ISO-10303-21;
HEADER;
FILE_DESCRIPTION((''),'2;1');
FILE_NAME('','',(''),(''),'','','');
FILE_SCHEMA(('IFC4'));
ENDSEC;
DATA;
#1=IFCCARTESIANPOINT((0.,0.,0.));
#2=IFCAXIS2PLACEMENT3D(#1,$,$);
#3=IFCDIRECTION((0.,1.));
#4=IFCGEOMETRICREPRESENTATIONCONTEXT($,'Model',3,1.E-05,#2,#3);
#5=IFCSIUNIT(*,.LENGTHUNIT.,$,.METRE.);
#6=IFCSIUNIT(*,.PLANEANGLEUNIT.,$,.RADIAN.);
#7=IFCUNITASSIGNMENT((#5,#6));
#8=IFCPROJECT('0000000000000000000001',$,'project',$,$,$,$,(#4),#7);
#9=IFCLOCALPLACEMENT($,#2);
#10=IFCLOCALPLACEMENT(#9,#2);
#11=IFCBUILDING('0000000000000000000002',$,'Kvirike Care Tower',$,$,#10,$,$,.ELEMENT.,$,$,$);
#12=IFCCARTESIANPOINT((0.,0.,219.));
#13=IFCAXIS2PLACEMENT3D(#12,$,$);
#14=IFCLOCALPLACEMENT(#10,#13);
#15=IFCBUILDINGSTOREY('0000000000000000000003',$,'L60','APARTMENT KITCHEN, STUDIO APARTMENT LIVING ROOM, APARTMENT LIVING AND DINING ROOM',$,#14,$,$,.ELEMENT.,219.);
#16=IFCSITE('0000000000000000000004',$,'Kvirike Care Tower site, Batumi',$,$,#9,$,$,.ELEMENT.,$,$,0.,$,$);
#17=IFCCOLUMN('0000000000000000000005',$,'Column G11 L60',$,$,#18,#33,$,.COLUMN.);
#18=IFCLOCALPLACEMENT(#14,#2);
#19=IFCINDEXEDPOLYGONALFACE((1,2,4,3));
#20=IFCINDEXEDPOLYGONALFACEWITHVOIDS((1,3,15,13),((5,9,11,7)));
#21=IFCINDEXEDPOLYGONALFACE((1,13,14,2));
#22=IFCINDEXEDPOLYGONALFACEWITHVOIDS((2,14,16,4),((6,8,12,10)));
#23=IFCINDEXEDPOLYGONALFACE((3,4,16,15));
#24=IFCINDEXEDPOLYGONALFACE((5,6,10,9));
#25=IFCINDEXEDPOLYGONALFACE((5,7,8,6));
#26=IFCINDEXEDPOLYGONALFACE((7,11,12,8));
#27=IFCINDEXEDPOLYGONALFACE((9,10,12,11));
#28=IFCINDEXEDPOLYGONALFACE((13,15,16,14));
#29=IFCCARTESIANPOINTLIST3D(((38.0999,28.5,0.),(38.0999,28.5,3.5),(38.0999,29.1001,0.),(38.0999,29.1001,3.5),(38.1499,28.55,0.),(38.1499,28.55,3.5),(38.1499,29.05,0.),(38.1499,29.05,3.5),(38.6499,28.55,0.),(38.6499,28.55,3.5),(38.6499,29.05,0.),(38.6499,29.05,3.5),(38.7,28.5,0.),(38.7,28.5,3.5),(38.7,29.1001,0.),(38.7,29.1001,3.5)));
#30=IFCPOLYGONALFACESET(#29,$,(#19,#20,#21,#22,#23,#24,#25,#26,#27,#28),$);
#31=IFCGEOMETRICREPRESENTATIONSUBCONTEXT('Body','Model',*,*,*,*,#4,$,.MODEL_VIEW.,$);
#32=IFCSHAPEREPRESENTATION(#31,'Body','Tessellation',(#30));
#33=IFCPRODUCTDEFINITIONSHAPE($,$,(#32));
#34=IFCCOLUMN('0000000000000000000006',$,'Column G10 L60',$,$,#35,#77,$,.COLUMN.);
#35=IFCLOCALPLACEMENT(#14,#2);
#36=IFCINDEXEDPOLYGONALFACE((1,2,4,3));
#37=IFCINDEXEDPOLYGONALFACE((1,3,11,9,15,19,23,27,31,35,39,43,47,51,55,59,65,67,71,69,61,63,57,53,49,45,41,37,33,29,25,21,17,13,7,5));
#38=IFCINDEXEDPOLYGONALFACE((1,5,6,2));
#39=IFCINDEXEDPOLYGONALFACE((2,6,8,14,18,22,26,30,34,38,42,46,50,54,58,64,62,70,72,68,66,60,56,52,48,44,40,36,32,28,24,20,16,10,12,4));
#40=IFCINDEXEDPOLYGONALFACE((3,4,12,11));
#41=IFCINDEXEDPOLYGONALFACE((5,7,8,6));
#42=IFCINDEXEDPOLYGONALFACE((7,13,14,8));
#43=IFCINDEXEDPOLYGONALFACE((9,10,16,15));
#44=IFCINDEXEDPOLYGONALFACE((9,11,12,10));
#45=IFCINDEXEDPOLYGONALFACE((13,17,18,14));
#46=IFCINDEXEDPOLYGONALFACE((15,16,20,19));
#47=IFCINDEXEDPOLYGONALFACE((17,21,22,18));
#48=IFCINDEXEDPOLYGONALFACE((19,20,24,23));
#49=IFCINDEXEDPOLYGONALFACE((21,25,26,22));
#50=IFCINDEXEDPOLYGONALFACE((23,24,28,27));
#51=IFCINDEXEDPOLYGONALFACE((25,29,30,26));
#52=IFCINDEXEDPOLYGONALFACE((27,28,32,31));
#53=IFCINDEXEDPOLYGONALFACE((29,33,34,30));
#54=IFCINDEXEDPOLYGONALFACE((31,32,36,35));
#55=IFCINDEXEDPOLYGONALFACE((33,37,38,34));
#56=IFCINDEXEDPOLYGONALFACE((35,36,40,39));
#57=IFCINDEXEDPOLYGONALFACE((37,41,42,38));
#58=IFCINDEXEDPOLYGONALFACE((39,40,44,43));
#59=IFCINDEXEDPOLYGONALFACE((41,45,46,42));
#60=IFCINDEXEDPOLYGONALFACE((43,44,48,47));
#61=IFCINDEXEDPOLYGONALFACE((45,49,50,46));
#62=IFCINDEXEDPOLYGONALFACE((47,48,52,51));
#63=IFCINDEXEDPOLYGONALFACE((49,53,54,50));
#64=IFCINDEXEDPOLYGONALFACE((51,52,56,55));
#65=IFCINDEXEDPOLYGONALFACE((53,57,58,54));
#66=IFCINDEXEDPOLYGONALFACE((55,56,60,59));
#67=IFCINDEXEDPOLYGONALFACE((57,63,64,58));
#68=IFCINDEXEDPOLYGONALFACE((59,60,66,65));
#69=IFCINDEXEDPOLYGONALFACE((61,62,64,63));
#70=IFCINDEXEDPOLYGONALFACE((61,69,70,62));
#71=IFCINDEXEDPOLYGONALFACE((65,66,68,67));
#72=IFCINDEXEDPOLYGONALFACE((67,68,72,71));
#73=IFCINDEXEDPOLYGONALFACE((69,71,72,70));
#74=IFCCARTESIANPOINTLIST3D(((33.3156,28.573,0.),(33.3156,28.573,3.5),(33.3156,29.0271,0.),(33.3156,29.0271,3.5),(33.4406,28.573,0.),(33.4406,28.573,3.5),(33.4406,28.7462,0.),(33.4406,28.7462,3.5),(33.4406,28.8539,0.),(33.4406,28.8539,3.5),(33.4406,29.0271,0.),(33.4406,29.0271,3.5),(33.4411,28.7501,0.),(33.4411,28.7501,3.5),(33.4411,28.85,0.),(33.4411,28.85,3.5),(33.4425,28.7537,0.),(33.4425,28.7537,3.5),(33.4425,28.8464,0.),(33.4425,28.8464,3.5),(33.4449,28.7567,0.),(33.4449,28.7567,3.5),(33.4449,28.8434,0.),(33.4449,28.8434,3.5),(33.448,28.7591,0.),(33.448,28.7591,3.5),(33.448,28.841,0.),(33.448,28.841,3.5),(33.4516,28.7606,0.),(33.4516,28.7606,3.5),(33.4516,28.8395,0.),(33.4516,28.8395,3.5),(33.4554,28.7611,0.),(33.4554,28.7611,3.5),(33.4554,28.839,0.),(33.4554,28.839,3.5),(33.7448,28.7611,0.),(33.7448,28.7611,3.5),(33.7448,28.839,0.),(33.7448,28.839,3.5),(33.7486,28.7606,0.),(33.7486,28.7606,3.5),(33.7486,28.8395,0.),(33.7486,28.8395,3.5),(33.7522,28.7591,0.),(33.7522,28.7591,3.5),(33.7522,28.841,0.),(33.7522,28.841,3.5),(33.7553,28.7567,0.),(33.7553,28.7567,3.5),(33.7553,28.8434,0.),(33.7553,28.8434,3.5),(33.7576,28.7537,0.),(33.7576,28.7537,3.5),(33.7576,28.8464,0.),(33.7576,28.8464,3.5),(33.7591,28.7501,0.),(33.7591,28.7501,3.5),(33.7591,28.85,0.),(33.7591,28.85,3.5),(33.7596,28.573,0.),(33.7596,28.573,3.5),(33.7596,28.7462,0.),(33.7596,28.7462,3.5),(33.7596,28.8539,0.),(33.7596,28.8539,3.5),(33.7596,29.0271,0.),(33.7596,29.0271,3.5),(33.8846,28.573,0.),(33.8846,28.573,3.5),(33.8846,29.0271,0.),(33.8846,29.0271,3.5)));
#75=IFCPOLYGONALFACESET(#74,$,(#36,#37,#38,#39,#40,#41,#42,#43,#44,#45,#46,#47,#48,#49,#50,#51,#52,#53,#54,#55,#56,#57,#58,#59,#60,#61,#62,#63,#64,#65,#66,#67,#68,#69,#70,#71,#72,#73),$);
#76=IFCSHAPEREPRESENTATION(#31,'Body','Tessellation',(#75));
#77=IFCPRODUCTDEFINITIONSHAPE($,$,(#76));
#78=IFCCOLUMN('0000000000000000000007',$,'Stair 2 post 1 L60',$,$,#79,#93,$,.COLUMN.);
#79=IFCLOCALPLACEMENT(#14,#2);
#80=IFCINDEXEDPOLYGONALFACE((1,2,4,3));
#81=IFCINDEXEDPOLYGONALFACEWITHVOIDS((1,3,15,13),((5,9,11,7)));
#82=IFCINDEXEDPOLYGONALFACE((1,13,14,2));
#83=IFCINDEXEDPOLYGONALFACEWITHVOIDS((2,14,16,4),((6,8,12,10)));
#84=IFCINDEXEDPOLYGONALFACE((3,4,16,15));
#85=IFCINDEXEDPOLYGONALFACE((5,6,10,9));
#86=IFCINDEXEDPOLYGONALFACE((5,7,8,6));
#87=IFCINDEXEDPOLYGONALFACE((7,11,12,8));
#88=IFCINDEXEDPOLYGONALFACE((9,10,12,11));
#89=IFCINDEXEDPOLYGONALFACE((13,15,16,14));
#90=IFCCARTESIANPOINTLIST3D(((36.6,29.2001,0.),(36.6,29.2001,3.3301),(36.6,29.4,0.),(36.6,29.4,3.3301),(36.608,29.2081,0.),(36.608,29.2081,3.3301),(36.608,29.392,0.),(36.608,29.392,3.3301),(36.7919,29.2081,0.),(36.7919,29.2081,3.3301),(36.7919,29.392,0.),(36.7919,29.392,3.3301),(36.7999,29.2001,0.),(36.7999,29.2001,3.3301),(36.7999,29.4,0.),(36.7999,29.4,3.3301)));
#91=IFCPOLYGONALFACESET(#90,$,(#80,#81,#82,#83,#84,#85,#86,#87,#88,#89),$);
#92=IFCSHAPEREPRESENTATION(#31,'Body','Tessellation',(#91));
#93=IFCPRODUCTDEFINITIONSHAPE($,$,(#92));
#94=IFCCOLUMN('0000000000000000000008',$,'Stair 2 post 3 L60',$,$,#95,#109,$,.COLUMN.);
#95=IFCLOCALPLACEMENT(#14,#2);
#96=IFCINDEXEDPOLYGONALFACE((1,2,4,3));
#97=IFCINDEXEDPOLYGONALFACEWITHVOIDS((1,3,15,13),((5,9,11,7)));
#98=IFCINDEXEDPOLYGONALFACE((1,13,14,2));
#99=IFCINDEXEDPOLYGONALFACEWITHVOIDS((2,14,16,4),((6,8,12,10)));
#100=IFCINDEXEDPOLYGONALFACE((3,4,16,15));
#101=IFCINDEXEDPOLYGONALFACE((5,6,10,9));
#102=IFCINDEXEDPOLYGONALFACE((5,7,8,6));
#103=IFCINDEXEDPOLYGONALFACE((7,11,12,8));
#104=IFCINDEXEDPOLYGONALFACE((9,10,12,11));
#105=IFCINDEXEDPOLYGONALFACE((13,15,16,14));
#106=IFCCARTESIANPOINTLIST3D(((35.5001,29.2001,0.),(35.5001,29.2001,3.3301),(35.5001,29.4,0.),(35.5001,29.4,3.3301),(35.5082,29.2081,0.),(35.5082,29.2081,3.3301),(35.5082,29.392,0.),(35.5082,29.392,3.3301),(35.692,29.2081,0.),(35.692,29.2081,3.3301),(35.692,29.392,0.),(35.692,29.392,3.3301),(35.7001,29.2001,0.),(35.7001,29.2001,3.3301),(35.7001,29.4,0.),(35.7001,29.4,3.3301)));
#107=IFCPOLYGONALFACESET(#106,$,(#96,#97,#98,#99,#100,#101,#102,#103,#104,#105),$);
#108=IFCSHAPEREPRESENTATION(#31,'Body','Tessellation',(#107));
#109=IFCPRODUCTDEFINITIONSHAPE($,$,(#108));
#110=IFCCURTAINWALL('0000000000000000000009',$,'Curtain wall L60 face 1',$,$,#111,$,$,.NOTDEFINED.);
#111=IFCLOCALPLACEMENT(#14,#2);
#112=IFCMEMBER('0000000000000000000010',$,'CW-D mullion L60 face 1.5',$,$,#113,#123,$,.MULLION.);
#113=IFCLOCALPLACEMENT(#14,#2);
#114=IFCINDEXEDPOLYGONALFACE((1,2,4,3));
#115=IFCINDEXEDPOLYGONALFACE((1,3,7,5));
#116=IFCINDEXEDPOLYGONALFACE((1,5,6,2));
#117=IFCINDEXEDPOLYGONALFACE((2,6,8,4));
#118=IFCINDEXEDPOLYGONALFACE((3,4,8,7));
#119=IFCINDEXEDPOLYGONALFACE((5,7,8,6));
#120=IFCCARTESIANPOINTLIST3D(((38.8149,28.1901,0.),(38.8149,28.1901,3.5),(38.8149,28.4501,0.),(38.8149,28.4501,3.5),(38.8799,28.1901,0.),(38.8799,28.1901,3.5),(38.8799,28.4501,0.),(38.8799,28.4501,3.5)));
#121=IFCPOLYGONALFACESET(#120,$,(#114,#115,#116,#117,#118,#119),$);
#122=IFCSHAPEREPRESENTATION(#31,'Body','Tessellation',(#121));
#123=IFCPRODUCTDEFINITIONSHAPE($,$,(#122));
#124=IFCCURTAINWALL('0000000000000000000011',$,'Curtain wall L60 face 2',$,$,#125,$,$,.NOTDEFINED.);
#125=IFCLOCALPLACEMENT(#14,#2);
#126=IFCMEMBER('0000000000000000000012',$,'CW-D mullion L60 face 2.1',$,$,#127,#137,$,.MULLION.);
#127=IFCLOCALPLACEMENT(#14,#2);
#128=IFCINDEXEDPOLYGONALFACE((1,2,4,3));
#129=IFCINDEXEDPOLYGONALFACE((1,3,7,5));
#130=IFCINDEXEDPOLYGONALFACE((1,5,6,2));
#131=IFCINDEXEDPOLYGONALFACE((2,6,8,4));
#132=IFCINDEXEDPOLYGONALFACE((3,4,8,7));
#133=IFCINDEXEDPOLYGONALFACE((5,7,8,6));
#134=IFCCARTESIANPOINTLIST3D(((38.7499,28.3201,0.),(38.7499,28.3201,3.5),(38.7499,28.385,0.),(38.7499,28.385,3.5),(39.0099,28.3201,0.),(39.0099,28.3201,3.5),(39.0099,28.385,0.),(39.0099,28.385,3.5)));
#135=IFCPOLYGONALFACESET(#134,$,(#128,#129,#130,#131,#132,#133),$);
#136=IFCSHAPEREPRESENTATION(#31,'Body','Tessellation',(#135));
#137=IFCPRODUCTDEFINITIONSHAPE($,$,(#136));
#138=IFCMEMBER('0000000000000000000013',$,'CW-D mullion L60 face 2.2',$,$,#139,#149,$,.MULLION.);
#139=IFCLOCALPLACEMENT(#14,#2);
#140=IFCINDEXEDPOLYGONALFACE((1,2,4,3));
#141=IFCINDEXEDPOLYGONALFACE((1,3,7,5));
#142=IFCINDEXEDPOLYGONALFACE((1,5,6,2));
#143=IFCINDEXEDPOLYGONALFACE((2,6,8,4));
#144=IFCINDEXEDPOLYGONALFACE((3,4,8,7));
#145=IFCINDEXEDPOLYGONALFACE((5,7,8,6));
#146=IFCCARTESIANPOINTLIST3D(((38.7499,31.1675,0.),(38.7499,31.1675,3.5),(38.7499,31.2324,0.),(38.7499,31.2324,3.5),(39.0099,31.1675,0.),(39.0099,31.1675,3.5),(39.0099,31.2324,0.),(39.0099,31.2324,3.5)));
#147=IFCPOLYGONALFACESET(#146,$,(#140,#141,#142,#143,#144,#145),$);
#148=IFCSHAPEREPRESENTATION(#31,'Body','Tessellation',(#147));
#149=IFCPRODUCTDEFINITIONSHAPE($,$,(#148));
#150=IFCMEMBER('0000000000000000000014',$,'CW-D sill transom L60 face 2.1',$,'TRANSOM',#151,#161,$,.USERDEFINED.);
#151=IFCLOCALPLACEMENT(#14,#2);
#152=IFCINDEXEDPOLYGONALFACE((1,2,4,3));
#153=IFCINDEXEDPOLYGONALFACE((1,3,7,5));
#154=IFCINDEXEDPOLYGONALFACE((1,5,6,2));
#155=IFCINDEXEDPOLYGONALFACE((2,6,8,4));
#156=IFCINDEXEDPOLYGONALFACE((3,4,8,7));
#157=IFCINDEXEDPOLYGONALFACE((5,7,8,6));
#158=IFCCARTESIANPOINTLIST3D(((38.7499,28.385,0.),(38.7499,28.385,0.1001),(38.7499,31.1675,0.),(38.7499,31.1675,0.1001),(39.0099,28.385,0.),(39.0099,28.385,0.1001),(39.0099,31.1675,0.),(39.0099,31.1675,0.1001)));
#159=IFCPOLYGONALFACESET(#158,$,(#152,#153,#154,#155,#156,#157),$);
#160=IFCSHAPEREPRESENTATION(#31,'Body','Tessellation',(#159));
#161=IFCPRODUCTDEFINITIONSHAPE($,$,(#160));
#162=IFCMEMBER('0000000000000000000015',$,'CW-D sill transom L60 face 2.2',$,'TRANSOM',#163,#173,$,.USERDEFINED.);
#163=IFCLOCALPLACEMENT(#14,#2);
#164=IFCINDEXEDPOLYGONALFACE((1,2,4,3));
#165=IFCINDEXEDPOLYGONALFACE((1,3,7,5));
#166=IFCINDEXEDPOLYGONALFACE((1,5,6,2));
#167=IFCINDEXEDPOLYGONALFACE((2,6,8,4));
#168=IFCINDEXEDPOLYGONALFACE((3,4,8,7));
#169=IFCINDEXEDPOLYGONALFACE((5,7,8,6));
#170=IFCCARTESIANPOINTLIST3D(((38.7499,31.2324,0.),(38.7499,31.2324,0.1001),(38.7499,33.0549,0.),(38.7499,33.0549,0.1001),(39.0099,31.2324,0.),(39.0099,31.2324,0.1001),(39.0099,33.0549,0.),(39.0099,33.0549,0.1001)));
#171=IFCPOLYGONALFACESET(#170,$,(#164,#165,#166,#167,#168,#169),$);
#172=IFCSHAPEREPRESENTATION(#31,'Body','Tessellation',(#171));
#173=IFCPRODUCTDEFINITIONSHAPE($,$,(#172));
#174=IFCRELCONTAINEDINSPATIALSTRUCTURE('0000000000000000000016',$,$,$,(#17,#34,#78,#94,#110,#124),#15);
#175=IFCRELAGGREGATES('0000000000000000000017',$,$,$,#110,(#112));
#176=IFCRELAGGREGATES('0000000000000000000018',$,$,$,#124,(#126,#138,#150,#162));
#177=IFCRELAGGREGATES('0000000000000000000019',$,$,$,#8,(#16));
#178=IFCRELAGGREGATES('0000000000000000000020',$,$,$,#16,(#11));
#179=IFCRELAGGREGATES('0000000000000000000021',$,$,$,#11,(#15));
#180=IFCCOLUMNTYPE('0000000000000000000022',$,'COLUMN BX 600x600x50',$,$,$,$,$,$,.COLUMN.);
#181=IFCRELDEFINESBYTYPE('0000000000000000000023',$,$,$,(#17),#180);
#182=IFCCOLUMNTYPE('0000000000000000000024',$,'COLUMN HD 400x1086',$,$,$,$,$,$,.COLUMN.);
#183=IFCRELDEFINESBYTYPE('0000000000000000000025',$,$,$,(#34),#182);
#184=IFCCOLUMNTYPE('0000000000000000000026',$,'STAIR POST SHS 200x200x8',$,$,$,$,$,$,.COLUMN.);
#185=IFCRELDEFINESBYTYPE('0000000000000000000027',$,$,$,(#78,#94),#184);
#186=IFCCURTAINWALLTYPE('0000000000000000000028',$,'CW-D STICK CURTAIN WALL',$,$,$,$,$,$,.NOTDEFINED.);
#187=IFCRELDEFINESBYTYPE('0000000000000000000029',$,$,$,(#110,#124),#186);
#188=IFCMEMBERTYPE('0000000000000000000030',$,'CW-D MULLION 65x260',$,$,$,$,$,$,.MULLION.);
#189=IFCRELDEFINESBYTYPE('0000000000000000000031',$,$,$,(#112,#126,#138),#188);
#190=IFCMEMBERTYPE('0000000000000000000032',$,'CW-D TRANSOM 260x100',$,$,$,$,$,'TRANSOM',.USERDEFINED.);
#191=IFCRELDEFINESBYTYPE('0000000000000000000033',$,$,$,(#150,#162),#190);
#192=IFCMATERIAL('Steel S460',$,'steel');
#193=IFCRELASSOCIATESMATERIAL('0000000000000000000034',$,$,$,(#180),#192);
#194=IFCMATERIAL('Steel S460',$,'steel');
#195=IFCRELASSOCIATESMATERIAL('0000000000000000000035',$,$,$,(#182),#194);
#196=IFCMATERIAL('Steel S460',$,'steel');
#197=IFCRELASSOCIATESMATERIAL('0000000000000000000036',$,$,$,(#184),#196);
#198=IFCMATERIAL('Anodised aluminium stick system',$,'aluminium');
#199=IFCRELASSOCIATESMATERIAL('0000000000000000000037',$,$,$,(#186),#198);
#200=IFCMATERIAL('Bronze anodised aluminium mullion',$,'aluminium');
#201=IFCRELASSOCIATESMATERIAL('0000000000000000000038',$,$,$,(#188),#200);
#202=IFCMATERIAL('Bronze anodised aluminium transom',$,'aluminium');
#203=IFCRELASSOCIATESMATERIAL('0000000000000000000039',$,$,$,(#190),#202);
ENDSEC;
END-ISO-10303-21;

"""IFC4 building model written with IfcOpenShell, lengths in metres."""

from ifc_helpers import new_model, si_unit, direction, frame, origin, origin_2d, place, context, subcontext, project, spatial, rectangle, hollow_rectangle, i_section, extrude, material, material_profile, profile_set, type_object, element, aggregate, save


model = new_model("IFC4")

# Units and contexts
model_context = context("Model", 3, precision=1e-05, world=origin(), true_north=direction((0.0, 1.0)))
body_context = subcontext(model_context, "Body", "Model", "MODEL_VIEW")
ifc_project = project(units=[si_unit("LENGTHUNIT", "METRE"), si_unit("PLANEANGLEUNIT", "RADIAN")], contexts=[model_context])

# Site, building, storey
site_placement = place(None, origin())
site = spatial("IfcSite", under=ifc_project, at=site_placement, Name="Kvirike Care Tower site, Batumi", CompositionType="ELEMENT", RefElevation=0.0)
building_placement = place(site_placement, origin())
building = spatial("IfcBuilding", under=site, at=building_placement, Name="Kvirike Care Tower", CompositionType="ELEMENT")
storey_placement = place(building_placement, frame((0.0, 0.0, 219.0)))
storey = spatial("IfcBuildingStorey", under=building, at=storey_placement, Name="L60", Description="APARTMENT KITCHEN, STUDIO APARTMENT LIVING ROOM, APARTMENT LIVING AND DINING ROOM", CompositionType="ELEMENT", Elevation=219.0)

# Columns
ifc_material_1 = material(Name="Steel S460", Category="steel")
ifc_material_profile_1 = material_profile(ifc_material_1, hollow_rectangle(XDim=0.6001, YDim=0.6001, WallThickness=0.05, at=origin_2d()), Name="BX 600x600x50")
ifc_profile_set_1 = profile_set([ifc_material_profile_1], Name="Steel S460")
column_type_1 = type_object("IfcColumnType", Name="COLUMN BX 600x600x50", PredefinedType="COLUMN", material=ifc_profile_set_1)
column_1_placement = place(storey_placement, frame((38.3999, 28.8, 0.0), z_axis=(0.0, 0.0, 1.0), x_axis=(0.0, 1.0, 0.0)))
element("IfcColumn", 1, at=column_1_placement, inside=storey, type_object=column_type_1, Name="Column G11 L60", PredefinedType="COLUMN", context=body_context, shape_type="SweptSolid", body=[
    extrude(hollow_rectangle(XDim=0.6001, YDim=0.6001, WallThickness=0.05, at=origin_2d()), origin(), (0.0, 0.0, 1.0), 3.5),
])
ifc_material_2 = material(Name="Steel S460", Category="steel")
ifc_material_profile_2 = material_profile(ifc_material_2, i_section(OverallWidth=0.4541, OverallDepth=0.5691, WebThickness=0.0779, FlangeThickness=0.125, FilletRadius=0.0149, at=origin_2d()), Name="HD 400x1086")
ifc_profile_set_2 = profile_set([ifc_material_profile_2], Name="Steel S460")
column_type_2 = type_object("IfcColumnType", Name="COLUMN HD 400x1086", PredefinedType="COLUMN", material=ifc_profile_set_2)
column_2_placement = place(storey_placement, frame((33.6001, 28.8, 0.0), z_axis=(0.0, 0.0, 1.0), x_axis=(0.0, 1.0, 0.0)))
element("IfcColumn", 2, at=column_2_placement, inside=storey, type_object=column_type_2, Name="Column G10 L60", PredefinedType="COLUMN", context=body_context, shape_type="SweptSolid", body=[
    extrude(i_section(OverallWidth=0.4541, OverallDepth=0.5691, WebThickness=0.0779, FlangeThickness=0.125, FilletRadius=0.0149, at=origin_2d()), origin(), (0.0, 0.0, 1.0), 3.5),
])
ifc_material_3 = material(Name="Steel S460", Category="steel")
ifc_material_profile_3 = material_profile(ifc_material_3, hollow_rectangle(XDim=0.2, YDim=0.2, WallThickness=0.0081, at=origin_2d()), Name="SHS 200x200x8")
ifc_profile_set_3 = profile_set([ifc_material_profile_3], Name="Steel S460")
column_type_3 = type_object("IfcColumnType", Name="STAIR POST SHS 200x200x8", PredefinedType="COLUMN", material=ifc_profile_set_3)
for number, where, z_axis, x_axis, name in (
    (3, (36.7, 29.3, 0.0), (0.0, 0.0, 1.0), (1.0, 0.0, 0.0), "Stair 2 post 1 L60"),
    (4, (35.6001, 29.3, 0.0), (0.0, 0.0, 1.0), (1.0, 0.0, 0.0), "Stair 2 post 3 L60"),
):
    element("IfcColumn", number, at=place(storey_placement, frame(where, z_axis=z_axis, x_axis=x_axis)), inside=storey, type_object=column_type_3, Name=name, PredefinedType="COLUMN", context=body_context, shape_type="SweptSolid", body=[
        extrude(hollow_rectangle(XDim=0.2, YDim=0.2, WallThickness=0.0081, at=origin_2d()), origin(), (0.0, 0.0, 1.0), 3.3301),
    ])

# Curtain wall, member
ifc_material_4 = material(Name="Anodised aluminium stick system", Category="aluminium")
curtain_wall_type = type_object("IfcCurtainWallType", Name="CW-D STICK CURTAIN WALL", PredefinedType="NOTDEFINED", material=ifc_material_4)
curtain_wall_1_placement = place(storey_placement, origin())
curtain_wall_1 = element("IfcCurtainWall", 5, at=curtain_wall_1_placement, inside=storey, type_object=curtain_wall_type, Name="Curtain wall L60 face 1", PredefinedType="NOTDEFINED")
ifc_material_5 = material(Name="Bronze anodised aluminium mullion", Category="aluminium")
ifc_material_profile_4 = material_profile(ifc_material_5, rectangle(XDim=0.0649, YDim=0.26, at=origin_2d()), Name="CW-D MULLION 65x260")
ifc_profile_set_4 = profile_set([ifc_material_profile_4], Name="Bronze anodised aluminium mullion")
member_type_1 = type_object("IfcMemberType", Name="CW-D MULLION 65x260", PredefinedType="MULLION", material=ifc_profile_set_4)
member_1_placement = place(storey_placement, frame((38.8474, 28.3201, 0.0), z_axis=(0.0, 0.0, 1.0), x_axis=(1.0, 0.0, 0.0)))
member_1 = element("IfcMember", 6, at=member_1_placement, type_object=member_type_1, Name="CW-D mullion L60 face 1.5", PredefinedType="MULLION", context=body_context, shape_type="SweptSolid", body=[
    extrude(rectangle(XDim=0.0649, YDim=0.26, at=origin_2d()), origin(), (0.0, 0.0, 1.0), 3.5),
])
aggregate(curtain_wall_1, [member_1])

# Curtain wall, members
curtain_wall_2_placement = place(storey_placement, origin())
curtain_wall_2 = element("IfcCurtainWall", 7, at=curtain_wall_2_placement, inside=storey, type_object=curtain_wall_type, Name="Curtain wall L60 face 2", PredefinedType="NOTDEFINED")
member_2_placement = place(storey_placement, frame((38.8799, 28.3525, 0.0), z_axis=(0.0, 0.0, 1.0), x_axis=(0.0, 1.0, 0.0)))
member_2 = element("IfcMember", 8, at=member_2_placement, type_object=member_type_1, Name="CW-D mullion L60 face 2.1", PredefinedType="MULLION", context=body_context, shape_type="SweptSolid", body=[
    extrude(rectangle(XDim=0.0649, YDim=0.26, at=origin_2d()), origin(), (0.0, 0.0, 1.0), 3.5),
])
member_3_placement = place(storey_placement, frame((38.8799, 31.2, 0.0), z_axis=(0.0, 0.0, 1.0), x_axis=(0.0, 1.0, 0.0)))
member_3 = element("IfcMember", 9, at=member_3_placement, type_object=member_type_1, Name="CW-D mullion L60 face 2.2", PredefinedType="MULLION", context=body_context, shape_type="SweptSolid", body=[
    extrude(rectangle(XDim=0.0649, YDim=0.26, at=origin_2d()), origin(), (0.0, 0.0, 1.0), 3.5),
])
ifc_material_6 = material(Name="Bronze anodised aluminium transom", Category="aluminium")
ifc_material_profile_5 = material_profile(ifc_material_6, rectangle(XDim=0.26, YDim=0.1001, at=origin_2d()), Name="CW-D TRANSOM 260x100")
ifc_profile_set_5 = profile_set([ifc_material_profile_5], Name="Bronze anodised aluminium transom")
member_type_2 = type_object("IfcMemberType", Name="CW-D TRANSOM 260x100", ElementType="TRANSOM", PredefinedType="USERDEFINED", material=ifc_profile_set_5)
member_4_placement = place(storey_placement, frame((38.8799, 28.385, 0.05), z_axis=(0.0, 1.0, 0.0), x_axis=(-1.0, 0.0, 0.0)))
member_4 = element("IfcMember", 10, at=member_4_placement, type_object=member_type_2, Name="CW-D sill transom L60 face 2.1", ObjectType="TRANSOM", PredefinedType="USERDEFINED", context=body_context, shape_type="SweptSolid", body=[
    extrude(rectangle(XDim=0.26, YDim=0.1001, at=origin_2d()), origin(), (0.0, 0.0, 1.0), 2.7825),
])
member_5_placement = place(storey_placement, frame((38.8799, 31.2324, 0.05), z_axis=(0.0, 1.0, 0.0), x_axis=(-1.0, 0.0, 0.0)))
member_5 = element("IfcMember", 11, at=member_5_placement, type_object=member_type_2, Name="CW-D sill transom L60 face 2.2", ObjectType="TRANSOM", PredefinedType="USERDEFINED", context=body_context, shape_type="SweptSolid", body=[
    extrude(rectangle(XDim=0.26, YDim=0.1001, at=origin_2d()), origin(), (0.0, 0.0, 1.0), 1.8225),
])

aggregate(curtain_wall_2, [member_2, member_3, member_4, member_5])

save(model, "model.ifc")
